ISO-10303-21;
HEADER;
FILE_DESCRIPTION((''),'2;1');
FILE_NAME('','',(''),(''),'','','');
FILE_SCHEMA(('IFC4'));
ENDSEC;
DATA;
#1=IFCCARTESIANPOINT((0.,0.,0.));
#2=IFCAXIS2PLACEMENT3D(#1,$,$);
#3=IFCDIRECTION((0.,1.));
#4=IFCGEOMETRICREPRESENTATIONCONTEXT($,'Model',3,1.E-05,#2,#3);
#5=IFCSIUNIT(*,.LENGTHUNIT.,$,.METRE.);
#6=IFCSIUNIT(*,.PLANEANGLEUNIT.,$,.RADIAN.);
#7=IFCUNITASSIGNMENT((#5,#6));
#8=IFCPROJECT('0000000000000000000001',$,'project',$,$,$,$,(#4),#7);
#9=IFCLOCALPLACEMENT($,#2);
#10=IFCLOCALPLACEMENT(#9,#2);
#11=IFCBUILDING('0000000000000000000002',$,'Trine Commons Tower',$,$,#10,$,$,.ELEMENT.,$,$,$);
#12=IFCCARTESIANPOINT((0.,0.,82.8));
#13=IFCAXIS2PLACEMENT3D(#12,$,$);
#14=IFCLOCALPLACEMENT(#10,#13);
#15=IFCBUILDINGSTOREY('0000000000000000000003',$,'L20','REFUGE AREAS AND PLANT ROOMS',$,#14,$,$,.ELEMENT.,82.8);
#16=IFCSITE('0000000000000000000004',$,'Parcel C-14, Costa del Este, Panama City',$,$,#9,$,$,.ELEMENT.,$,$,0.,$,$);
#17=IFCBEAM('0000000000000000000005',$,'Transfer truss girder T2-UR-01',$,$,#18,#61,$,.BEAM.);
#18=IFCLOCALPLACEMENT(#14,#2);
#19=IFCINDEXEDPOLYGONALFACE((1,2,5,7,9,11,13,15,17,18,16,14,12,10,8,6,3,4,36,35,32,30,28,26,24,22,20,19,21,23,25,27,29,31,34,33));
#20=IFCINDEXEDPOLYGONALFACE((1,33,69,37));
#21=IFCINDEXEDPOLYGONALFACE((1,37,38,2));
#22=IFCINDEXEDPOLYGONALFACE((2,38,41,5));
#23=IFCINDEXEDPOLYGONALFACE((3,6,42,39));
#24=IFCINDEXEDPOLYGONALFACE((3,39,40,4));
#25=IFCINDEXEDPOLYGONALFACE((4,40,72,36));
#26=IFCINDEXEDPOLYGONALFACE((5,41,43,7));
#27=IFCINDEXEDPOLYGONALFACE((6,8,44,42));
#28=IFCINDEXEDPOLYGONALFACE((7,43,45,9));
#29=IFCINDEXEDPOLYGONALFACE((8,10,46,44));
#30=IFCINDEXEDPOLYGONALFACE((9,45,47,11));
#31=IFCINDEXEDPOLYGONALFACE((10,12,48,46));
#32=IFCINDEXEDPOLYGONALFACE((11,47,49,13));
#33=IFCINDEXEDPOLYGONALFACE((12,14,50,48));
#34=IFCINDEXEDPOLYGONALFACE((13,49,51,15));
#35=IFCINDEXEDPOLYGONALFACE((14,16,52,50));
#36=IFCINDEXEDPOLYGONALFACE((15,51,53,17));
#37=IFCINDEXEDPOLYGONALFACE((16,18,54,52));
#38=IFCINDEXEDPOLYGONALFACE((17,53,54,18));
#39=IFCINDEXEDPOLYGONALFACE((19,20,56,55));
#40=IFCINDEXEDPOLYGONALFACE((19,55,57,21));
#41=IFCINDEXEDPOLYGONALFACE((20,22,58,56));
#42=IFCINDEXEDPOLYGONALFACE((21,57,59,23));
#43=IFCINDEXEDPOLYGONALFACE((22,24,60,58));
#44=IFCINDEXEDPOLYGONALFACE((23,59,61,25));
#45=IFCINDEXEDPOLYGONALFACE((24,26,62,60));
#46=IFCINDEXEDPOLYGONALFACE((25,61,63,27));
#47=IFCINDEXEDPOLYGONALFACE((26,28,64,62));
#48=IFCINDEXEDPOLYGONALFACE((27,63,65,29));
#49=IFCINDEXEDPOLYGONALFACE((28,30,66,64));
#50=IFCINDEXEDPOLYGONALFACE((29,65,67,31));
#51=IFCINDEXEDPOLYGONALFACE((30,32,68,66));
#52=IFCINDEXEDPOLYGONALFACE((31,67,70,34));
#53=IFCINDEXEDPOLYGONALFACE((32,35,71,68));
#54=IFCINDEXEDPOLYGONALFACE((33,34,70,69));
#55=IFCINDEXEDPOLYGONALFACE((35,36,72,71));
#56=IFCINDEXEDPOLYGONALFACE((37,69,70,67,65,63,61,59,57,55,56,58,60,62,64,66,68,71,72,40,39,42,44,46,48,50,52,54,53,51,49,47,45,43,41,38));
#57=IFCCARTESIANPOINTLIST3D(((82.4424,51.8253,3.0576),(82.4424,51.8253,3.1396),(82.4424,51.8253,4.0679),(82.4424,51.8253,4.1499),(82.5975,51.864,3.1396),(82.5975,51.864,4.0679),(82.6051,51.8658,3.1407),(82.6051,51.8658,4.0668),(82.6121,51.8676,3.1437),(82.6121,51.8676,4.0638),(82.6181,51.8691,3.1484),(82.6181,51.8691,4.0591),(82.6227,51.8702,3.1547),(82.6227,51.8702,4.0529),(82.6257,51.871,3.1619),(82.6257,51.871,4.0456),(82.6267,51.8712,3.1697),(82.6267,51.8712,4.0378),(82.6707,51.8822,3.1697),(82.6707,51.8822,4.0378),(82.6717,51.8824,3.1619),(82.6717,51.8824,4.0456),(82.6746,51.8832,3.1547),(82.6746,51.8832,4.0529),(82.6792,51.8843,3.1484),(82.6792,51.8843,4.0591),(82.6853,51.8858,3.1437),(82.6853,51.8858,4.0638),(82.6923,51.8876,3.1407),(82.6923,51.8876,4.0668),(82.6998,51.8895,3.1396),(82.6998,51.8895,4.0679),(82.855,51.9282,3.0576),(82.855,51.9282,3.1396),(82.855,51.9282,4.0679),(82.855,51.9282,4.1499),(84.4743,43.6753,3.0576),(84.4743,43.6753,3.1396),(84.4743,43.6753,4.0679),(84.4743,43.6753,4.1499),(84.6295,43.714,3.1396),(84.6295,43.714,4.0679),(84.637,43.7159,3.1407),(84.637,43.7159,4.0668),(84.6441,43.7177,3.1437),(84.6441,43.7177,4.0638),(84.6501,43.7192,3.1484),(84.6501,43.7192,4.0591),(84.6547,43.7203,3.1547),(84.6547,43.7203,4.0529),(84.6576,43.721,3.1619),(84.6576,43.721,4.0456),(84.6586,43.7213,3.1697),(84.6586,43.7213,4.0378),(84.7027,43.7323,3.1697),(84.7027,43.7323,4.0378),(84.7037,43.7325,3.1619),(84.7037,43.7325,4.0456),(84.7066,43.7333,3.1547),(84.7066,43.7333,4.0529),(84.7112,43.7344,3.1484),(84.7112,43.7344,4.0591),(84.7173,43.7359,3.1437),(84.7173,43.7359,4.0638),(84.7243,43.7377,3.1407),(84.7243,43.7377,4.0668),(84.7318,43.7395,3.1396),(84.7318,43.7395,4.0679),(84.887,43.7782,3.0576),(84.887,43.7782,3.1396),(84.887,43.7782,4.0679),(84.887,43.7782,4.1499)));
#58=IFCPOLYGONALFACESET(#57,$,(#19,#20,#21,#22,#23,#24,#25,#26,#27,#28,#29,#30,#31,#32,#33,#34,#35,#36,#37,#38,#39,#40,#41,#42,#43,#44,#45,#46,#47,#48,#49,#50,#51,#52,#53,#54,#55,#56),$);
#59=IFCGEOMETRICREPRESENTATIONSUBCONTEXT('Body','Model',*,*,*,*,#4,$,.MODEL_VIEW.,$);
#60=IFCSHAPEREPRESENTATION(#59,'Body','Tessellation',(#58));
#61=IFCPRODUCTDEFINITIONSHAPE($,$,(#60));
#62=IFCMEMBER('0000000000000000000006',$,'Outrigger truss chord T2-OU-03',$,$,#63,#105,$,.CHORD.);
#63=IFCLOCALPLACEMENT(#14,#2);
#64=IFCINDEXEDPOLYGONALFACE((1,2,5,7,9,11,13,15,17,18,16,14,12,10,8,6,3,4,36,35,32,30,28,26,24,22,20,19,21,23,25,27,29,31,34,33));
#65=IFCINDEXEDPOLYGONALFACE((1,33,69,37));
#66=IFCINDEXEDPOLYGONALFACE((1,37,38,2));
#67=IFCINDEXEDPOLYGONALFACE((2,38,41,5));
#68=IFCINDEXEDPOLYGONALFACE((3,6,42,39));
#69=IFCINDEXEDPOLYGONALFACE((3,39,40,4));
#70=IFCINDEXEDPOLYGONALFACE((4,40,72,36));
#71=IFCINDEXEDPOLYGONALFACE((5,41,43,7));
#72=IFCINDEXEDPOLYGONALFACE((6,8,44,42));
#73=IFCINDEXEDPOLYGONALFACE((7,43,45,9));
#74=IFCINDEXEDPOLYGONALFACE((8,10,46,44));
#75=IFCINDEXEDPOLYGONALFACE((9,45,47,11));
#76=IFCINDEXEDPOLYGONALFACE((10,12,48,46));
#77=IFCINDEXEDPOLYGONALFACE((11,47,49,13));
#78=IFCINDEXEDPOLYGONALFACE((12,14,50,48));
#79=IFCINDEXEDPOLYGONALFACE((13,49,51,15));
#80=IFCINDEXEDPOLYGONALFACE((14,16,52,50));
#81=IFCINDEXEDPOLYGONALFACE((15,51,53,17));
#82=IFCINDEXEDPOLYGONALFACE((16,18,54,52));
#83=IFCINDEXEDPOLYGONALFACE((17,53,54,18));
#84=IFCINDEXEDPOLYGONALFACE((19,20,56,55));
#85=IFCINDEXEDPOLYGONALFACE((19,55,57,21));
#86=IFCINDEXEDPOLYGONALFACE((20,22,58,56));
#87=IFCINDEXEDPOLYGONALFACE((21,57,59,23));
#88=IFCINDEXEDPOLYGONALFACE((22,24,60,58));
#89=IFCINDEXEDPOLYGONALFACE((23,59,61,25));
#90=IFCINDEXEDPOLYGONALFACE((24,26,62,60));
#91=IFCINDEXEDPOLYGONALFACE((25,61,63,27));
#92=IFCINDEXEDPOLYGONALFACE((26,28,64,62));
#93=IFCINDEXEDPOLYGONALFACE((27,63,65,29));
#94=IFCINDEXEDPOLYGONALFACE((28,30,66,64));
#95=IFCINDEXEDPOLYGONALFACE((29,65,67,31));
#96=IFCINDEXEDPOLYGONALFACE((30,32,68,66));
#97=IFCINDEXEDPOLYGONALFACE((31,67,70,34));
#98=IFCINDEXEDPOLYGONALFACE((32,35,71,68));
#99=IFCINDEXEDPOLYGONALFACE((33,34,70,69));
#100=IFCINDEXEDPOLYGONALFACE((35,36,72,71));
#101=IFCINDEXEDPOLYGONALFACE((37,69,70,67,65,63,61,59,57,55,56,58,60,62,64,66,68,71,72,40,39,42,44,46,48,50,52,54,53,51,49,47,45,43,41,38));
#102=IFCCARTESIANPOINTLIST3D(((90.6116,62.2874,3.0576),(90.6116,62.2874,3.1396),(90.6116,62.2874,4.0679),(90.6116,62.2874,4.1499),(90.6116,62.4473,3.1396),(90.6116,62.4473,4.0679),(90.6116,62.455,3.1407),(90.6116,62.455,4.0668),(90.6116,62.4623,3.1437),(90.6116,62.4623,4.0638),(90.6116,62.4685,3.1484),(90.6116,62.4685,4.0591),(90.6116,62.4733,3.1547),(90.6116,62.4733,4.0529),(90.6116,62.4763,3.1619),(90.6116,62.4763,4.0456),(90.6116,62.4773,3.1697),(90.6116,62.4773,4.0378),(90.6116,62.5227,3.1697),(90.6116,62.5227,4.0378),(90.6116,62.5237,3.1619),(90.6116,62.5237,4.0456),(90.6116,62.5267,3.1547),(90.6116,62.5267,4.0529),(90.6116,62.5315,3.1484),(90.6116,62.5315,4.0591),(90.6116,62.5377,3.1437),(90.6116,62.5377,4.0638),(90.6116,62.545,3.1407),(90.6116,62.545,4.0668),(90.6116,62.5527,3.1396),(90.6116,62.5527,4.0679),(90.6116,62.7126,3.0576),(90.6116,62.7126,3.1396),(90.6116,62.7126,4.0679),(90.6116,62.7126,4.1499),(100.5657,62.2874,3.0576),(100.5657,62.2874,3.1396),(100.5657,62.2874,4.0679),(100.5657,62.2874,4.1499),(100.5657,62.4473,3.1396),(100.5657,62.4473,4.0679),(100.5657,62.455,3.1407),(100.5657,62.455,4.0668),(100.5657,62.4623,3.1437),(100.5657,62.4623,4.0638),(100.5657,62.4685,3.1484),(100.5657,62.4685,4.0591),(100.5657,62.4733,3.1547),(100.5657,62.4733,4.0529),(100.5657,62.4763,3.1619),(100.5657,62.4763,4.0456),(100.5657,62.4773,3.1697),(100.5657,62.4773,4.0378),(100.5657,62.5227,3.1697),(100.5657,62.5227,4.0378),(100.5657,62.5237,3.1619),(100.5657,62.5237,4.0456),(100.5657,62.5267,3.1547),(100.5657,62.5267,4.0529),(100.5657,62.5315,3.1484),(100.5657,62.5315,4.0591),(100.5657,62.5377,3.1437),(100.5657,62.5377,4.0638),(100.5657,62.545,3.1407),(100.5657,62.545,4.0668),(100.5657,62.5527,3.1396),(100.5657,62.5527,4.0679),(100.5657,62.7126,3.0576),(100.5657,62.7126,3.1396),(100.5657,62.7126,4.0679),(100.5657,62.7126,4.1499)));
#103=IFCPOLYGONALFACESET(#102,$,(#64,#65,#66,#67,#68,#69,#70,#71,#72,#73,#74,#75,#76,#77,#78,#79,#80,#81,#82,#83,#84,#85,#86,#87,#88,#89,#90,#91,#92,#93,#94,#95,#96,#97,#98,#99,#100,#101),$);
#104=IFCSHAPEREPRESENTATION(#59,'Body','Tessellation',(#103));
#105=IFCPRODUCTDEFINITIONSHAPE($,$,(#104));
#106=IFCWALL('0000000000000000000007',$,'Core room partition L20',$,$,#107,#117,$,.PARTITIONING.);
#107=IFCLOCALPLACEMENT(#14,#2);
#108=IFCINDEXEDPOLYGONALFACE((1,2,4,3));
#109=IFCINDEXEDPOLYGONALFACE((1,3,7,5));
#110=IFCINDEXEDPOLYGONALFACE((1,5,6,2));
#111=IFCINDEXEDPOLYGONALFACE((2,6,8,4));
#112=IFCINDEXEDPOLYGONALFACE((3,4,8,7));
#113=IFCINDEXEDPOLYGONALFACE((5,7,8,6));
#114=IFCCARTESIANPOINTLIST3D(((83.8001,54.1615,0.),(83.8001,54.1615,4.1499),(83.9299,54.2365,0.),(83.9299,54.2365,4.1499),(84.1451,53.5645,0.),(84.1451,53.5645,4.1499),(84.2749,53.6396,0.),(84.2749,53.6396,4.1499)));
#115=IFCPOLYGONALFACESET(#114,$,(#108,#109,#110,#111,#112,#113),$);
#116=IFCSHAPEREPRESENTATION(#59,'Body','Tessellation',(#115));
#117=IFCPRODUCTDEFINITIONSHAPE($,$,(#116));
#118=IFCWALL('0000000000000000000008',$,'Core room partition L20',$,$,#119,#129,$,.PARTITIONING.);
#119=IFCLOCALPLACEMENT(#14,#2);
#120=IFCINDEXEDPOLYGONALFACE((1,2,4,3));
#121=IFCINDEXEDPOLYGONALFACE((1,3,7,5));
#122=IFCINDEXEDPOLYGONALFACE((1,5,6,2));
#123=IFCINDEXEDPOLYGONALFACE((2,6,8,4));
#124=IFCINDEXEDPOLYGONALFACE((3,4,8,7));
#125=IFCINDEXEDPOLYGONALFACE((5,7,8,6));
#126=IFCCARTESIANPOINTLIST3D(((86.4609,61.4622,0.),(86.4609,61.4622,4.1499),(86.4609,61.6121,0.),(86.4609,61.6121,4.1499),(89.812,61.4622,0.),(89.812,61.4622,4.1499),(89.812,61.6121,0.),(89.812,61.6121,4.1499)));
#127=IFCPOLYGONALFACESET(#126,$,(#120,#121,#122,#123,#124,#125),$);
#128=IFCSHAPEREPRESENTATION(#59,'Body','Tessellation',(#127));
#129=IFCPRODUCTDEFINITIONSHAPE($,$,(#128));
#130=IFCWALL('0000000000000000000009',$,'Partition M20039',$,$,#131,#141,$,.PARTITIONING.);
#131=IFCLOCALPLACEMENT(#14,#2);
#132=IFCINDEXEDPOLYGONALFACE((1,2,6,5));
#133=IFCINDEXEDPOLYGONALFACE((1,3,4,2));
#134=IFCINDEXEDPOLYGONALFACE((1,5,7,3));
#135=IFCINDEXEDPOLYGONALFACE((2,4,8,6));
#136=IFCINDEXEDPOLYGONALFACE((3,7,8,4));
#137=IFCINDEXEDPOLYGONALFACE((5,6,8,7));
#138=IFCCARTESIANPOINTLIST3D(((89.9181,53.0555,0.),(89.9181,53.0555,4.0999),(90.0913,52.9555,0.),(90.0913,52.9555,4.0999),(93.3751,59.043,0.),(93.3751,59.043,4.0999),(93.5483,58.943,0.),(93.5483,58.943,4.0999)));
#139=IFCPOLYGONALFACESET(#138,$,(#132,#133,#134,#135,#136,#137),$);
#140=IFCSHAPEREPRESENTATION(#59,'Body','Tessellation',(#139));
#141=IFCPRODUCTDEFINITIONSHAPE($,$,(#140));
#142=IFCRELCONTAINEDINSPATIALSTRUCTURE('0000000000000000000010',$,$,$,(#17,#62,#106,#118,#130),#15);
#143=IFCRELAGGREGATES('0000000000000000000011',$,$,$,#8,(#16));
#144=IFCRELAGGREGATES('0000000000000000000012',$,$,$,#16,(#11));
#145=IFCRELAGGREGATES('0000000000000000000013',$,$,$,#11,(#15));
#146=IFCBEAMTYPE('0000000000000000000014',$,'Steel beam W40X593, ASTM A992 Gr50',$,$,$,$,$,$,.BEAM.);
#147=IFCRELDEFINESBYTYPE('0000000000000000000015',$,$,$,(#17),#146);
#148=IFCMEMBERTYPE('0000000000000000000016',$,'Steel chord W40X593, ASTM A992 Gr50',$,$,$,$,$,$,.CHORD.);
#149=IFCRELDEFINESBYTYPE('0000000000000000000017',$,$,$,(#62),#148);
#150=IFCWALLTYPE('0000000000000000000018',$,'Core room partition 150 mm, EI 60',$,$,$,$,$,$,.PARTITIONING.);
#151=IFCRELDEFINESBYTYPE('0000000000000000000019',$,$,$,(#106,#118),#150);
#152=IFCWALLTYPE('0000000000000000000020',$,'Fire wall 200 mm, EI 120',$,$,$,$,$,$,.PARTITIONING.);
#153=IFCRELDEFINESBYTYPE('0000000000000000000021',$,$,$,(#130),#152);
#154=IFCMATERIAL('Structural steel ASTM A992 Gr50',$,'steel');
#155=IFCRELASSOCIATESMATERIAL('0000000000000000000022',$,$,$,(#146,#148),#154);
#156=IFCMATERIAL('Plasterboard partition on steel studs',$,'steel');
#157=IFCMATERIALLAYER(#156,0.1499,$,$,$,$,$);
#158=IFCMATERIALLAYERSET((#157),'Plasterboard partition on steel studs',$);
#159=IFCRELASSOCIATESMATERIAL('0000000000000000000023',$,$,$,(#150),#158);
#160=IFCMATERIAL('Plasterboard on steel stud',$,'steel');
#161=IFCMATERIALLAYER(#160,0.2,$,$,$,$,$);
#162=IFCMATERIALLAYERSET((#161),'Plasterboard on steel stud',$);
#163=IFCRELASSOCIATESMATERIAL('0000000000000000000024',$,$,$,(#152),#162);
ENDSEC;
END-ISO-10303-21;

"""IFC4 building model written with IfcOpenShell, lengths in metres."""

from ifc_helpers import new_model, si_unit, direction, frame, frame_2d, origin, origin_2d, place, context, subcontext, project, spatial, rectangle, i_section, extrude, material, layer, layer_set, material_profile, profile_set, type_object, element, save


model = new_model("IFC4")

# Units and contexts
model_context = context("Model", 3, precision=1e-05, world=origin(), true_north=direction((0.0, 1.0)))
body_context = subcontext(model_context, "Body", "Model", "MODEL_VIEW")
ifc_project = project(units=[si_unit("LENGTHUNIT", "METRE"), si_unit("PLANEANGLEUNIT", "RADIAN")], contexts=[model_context])

# Site, building, storey
site_placement = place(None, origin())
site = spatial("IfcSite", under=ifc_project, at=site_placement, Name="Parcel C-14, Costa del Este, Panama City", CompositionType="ELEMENT", RefElevation=0.0)
building_placement = place(site_placement, origin())
building = spatial("IfcBuilding", under=site, at=building_placement, Name="Trine Commons Tower", CompositionType="ELEMENT")
storey_placement = place(building_placement, frame((0.0, 0.0, 82.8)))
storey = spatial("IfcBuildingStorey", under=building, at=storey_placement, Name="L20", Description="REFUGE AREAS AND PLANT ROOMS", CompositionType="ELEMENT", Elevation=82.8)

# Beam
ifc_material_1 = material(Name="Structural steel ASTM A992 Gr50", Category="steel")
ifc_material_profile_1 = material_profile(ifc_material_1, i_section(OverallWidth=0.4253, OverallDepth=1.0923, WebThickness=0.0454, FlangeThickness=0.082, FilletRadius=0.03, at=origin_2d()), Name="W40X593")
ifc_profile_set_1 = profile_set([ifc_material_profile_1], Name="Structural steel ASTM A992 Gr50")
beam_type = type_object("IfcBeamType", Name="Steel beam W40X593, ASTM A992 Gr50", PredefinedType="BEAM", material=ifc_profile_set_1)
beam_placement = place(storey_placement, frame((82.6487, 51.8767, 3.6038), z_axis=(0.24192, -0.970296, 0.0), x_axis=(0.970296, 0.24192, 0.0)))
element("IfcBeam", 1, at=beam_placement, inside=storey, type_object=beam_type, Name="Transfer truss girder T2-UR-01", PredefinedType="BEAM", context=body_context, shape_type="SweptSolid", body=[
    extrude(i_section(OverallWidth=0.4253, OverallDepth=1.0923, WebThickness=0.0454, FlangeThickness=0.082, FilletRadius=0.03, at=origin_2d()), origin(), (0.0, 0.0, 1.0), 8.3994),
])

# Member
ifc_material_profile_2 = material_profile(ifc_material_1, i_section(OverallWidth=0.4253, OverallDepth=1.0923, WebThickness=0.0454, FlangeThickness=0.082, FilletRadius=0.03, at=origin_2d()), Name="W40X593")
ifc_profile_set_2 = profile_set([ifc_material_profile_2], Name="Structural steel ASTM A992 Gr50")
member_type = type_object("IfcMemberType", Name="Steel chord W40X593, ASTM A992 Gr50", PredefinedType="CHORD", material=ifc_profile_set_2)
member_placement = place(storey_placement, frame((90.6116, 62.5, 3.6038), z_axis=(1.0, 0.0, 0.0), x_axis=(0.0, 1.0, 0.0)))
element("IfcMember", 2, at=member_placement, inside=storey, type_object=member_type, Name="Outrigger truss chord T2-OU-03", PredefinedType="CHORD", context=body_context, shape_type="SweptSolid", body=[
    extrude(i_section(OverallWidth=0.4253, OverallDepth=1.0923, WebThickness=0.0454, FlangeThickness=0.082, FilletRadius=0.03, at=origin_2d()), origin(), (0.0, 0.0, 1.0), 9.9541),
])

# Walls
ifc_material_2 = material(Name="Plasterboard partition on steel studs", Category="steel")
ifc_layer_1 = layer(ifc_material_2, 0.1499)
ifc_layer_set_1 = layer_set([ifc_layer_1], Name="Plasterboard partition on steel studs")
wall_type_1 = type_object("IfcWallType", Name="Core room partition 150 mm, EI 60", PredefinedType="PARTITIONING", material=ifc_layer_set_1)
wall_1_placement = place(storey_placement, frame((84.21, 53.6021, 0.0), z_axis=(0.0, 0.0, 1.0), x_axis=(-0.500366, 0.865814, 0.0)))
element("IfcWall", 3, at=wall_1_placement, inside=storey, type_object=wall_type_1, Name="Core room partition L20", PredefinedType="PARTITIONING", context=body_context, shape_type="SweptSolid", body=[
    extrude(rectangle(XDim=0.6895, YDim=0.1499, at=frame_2d((0.3447, 0.0))), origin(), (0.0, 0.0, 1.0), 4.1499),
])
wall_2_placement = place(storey_placement, frame((89.812, 61.5371, 0.0), z_axis=(0.0, 0.0, 1.0), x_axis=(-1.0, 0.0, 0.0)))
element("IfcWall", 4, at=wall_2_placement, inside=storey, type_object=wall_type_1, Name="Core room partition L20", PredefinedType="PARTITIONING", context=body_context, shape_type="SweptSolid", body=[
    extrude(rectangle(XDim=3.3511, YDim=0.1499, at=frame_2d((1.6755, 0.0))), origin(), (0.0, 0.0, 1.0), 4.1499),
])
ifc_material_3 = material(Name="Plasterboard on steel stud", Category="steel")
ifc_layer_2 = layer(ifc_material_3, 0.2)
ifc_layer_set_2 = layer_set([ifc_layer_2], Name="Plasterboard on steel stud")
wall_type_2 = type_object("IfcWallType", Name="Fire wall 200 mm, EI 120", PredefinedType="PARTITIONING", material=ifc_layer_set_2)
wall_3_placement = place(storey_placement, frame((90.0046, 53.0054, 0.0), z_axis=(0.0, 0.0, 1.0), x_axis=(0.500013, 0.866018, 0.0)))
element("IfcWall", 5, at=wall_3_placement, inside=storey, type_object=wall_type_2, Name="Partition M20039", PredefinedType="PARTITIONING", context=body_context, shape_type="SweptSolid", body=[
    extrude(rectangle(XDim=6.9138, YDim=0.2, at=frame_2d((3.457, 0.0))), origin(), (0.0, 0.0, 1.0), 4.0999),
])

save(model, "model.ifc")
